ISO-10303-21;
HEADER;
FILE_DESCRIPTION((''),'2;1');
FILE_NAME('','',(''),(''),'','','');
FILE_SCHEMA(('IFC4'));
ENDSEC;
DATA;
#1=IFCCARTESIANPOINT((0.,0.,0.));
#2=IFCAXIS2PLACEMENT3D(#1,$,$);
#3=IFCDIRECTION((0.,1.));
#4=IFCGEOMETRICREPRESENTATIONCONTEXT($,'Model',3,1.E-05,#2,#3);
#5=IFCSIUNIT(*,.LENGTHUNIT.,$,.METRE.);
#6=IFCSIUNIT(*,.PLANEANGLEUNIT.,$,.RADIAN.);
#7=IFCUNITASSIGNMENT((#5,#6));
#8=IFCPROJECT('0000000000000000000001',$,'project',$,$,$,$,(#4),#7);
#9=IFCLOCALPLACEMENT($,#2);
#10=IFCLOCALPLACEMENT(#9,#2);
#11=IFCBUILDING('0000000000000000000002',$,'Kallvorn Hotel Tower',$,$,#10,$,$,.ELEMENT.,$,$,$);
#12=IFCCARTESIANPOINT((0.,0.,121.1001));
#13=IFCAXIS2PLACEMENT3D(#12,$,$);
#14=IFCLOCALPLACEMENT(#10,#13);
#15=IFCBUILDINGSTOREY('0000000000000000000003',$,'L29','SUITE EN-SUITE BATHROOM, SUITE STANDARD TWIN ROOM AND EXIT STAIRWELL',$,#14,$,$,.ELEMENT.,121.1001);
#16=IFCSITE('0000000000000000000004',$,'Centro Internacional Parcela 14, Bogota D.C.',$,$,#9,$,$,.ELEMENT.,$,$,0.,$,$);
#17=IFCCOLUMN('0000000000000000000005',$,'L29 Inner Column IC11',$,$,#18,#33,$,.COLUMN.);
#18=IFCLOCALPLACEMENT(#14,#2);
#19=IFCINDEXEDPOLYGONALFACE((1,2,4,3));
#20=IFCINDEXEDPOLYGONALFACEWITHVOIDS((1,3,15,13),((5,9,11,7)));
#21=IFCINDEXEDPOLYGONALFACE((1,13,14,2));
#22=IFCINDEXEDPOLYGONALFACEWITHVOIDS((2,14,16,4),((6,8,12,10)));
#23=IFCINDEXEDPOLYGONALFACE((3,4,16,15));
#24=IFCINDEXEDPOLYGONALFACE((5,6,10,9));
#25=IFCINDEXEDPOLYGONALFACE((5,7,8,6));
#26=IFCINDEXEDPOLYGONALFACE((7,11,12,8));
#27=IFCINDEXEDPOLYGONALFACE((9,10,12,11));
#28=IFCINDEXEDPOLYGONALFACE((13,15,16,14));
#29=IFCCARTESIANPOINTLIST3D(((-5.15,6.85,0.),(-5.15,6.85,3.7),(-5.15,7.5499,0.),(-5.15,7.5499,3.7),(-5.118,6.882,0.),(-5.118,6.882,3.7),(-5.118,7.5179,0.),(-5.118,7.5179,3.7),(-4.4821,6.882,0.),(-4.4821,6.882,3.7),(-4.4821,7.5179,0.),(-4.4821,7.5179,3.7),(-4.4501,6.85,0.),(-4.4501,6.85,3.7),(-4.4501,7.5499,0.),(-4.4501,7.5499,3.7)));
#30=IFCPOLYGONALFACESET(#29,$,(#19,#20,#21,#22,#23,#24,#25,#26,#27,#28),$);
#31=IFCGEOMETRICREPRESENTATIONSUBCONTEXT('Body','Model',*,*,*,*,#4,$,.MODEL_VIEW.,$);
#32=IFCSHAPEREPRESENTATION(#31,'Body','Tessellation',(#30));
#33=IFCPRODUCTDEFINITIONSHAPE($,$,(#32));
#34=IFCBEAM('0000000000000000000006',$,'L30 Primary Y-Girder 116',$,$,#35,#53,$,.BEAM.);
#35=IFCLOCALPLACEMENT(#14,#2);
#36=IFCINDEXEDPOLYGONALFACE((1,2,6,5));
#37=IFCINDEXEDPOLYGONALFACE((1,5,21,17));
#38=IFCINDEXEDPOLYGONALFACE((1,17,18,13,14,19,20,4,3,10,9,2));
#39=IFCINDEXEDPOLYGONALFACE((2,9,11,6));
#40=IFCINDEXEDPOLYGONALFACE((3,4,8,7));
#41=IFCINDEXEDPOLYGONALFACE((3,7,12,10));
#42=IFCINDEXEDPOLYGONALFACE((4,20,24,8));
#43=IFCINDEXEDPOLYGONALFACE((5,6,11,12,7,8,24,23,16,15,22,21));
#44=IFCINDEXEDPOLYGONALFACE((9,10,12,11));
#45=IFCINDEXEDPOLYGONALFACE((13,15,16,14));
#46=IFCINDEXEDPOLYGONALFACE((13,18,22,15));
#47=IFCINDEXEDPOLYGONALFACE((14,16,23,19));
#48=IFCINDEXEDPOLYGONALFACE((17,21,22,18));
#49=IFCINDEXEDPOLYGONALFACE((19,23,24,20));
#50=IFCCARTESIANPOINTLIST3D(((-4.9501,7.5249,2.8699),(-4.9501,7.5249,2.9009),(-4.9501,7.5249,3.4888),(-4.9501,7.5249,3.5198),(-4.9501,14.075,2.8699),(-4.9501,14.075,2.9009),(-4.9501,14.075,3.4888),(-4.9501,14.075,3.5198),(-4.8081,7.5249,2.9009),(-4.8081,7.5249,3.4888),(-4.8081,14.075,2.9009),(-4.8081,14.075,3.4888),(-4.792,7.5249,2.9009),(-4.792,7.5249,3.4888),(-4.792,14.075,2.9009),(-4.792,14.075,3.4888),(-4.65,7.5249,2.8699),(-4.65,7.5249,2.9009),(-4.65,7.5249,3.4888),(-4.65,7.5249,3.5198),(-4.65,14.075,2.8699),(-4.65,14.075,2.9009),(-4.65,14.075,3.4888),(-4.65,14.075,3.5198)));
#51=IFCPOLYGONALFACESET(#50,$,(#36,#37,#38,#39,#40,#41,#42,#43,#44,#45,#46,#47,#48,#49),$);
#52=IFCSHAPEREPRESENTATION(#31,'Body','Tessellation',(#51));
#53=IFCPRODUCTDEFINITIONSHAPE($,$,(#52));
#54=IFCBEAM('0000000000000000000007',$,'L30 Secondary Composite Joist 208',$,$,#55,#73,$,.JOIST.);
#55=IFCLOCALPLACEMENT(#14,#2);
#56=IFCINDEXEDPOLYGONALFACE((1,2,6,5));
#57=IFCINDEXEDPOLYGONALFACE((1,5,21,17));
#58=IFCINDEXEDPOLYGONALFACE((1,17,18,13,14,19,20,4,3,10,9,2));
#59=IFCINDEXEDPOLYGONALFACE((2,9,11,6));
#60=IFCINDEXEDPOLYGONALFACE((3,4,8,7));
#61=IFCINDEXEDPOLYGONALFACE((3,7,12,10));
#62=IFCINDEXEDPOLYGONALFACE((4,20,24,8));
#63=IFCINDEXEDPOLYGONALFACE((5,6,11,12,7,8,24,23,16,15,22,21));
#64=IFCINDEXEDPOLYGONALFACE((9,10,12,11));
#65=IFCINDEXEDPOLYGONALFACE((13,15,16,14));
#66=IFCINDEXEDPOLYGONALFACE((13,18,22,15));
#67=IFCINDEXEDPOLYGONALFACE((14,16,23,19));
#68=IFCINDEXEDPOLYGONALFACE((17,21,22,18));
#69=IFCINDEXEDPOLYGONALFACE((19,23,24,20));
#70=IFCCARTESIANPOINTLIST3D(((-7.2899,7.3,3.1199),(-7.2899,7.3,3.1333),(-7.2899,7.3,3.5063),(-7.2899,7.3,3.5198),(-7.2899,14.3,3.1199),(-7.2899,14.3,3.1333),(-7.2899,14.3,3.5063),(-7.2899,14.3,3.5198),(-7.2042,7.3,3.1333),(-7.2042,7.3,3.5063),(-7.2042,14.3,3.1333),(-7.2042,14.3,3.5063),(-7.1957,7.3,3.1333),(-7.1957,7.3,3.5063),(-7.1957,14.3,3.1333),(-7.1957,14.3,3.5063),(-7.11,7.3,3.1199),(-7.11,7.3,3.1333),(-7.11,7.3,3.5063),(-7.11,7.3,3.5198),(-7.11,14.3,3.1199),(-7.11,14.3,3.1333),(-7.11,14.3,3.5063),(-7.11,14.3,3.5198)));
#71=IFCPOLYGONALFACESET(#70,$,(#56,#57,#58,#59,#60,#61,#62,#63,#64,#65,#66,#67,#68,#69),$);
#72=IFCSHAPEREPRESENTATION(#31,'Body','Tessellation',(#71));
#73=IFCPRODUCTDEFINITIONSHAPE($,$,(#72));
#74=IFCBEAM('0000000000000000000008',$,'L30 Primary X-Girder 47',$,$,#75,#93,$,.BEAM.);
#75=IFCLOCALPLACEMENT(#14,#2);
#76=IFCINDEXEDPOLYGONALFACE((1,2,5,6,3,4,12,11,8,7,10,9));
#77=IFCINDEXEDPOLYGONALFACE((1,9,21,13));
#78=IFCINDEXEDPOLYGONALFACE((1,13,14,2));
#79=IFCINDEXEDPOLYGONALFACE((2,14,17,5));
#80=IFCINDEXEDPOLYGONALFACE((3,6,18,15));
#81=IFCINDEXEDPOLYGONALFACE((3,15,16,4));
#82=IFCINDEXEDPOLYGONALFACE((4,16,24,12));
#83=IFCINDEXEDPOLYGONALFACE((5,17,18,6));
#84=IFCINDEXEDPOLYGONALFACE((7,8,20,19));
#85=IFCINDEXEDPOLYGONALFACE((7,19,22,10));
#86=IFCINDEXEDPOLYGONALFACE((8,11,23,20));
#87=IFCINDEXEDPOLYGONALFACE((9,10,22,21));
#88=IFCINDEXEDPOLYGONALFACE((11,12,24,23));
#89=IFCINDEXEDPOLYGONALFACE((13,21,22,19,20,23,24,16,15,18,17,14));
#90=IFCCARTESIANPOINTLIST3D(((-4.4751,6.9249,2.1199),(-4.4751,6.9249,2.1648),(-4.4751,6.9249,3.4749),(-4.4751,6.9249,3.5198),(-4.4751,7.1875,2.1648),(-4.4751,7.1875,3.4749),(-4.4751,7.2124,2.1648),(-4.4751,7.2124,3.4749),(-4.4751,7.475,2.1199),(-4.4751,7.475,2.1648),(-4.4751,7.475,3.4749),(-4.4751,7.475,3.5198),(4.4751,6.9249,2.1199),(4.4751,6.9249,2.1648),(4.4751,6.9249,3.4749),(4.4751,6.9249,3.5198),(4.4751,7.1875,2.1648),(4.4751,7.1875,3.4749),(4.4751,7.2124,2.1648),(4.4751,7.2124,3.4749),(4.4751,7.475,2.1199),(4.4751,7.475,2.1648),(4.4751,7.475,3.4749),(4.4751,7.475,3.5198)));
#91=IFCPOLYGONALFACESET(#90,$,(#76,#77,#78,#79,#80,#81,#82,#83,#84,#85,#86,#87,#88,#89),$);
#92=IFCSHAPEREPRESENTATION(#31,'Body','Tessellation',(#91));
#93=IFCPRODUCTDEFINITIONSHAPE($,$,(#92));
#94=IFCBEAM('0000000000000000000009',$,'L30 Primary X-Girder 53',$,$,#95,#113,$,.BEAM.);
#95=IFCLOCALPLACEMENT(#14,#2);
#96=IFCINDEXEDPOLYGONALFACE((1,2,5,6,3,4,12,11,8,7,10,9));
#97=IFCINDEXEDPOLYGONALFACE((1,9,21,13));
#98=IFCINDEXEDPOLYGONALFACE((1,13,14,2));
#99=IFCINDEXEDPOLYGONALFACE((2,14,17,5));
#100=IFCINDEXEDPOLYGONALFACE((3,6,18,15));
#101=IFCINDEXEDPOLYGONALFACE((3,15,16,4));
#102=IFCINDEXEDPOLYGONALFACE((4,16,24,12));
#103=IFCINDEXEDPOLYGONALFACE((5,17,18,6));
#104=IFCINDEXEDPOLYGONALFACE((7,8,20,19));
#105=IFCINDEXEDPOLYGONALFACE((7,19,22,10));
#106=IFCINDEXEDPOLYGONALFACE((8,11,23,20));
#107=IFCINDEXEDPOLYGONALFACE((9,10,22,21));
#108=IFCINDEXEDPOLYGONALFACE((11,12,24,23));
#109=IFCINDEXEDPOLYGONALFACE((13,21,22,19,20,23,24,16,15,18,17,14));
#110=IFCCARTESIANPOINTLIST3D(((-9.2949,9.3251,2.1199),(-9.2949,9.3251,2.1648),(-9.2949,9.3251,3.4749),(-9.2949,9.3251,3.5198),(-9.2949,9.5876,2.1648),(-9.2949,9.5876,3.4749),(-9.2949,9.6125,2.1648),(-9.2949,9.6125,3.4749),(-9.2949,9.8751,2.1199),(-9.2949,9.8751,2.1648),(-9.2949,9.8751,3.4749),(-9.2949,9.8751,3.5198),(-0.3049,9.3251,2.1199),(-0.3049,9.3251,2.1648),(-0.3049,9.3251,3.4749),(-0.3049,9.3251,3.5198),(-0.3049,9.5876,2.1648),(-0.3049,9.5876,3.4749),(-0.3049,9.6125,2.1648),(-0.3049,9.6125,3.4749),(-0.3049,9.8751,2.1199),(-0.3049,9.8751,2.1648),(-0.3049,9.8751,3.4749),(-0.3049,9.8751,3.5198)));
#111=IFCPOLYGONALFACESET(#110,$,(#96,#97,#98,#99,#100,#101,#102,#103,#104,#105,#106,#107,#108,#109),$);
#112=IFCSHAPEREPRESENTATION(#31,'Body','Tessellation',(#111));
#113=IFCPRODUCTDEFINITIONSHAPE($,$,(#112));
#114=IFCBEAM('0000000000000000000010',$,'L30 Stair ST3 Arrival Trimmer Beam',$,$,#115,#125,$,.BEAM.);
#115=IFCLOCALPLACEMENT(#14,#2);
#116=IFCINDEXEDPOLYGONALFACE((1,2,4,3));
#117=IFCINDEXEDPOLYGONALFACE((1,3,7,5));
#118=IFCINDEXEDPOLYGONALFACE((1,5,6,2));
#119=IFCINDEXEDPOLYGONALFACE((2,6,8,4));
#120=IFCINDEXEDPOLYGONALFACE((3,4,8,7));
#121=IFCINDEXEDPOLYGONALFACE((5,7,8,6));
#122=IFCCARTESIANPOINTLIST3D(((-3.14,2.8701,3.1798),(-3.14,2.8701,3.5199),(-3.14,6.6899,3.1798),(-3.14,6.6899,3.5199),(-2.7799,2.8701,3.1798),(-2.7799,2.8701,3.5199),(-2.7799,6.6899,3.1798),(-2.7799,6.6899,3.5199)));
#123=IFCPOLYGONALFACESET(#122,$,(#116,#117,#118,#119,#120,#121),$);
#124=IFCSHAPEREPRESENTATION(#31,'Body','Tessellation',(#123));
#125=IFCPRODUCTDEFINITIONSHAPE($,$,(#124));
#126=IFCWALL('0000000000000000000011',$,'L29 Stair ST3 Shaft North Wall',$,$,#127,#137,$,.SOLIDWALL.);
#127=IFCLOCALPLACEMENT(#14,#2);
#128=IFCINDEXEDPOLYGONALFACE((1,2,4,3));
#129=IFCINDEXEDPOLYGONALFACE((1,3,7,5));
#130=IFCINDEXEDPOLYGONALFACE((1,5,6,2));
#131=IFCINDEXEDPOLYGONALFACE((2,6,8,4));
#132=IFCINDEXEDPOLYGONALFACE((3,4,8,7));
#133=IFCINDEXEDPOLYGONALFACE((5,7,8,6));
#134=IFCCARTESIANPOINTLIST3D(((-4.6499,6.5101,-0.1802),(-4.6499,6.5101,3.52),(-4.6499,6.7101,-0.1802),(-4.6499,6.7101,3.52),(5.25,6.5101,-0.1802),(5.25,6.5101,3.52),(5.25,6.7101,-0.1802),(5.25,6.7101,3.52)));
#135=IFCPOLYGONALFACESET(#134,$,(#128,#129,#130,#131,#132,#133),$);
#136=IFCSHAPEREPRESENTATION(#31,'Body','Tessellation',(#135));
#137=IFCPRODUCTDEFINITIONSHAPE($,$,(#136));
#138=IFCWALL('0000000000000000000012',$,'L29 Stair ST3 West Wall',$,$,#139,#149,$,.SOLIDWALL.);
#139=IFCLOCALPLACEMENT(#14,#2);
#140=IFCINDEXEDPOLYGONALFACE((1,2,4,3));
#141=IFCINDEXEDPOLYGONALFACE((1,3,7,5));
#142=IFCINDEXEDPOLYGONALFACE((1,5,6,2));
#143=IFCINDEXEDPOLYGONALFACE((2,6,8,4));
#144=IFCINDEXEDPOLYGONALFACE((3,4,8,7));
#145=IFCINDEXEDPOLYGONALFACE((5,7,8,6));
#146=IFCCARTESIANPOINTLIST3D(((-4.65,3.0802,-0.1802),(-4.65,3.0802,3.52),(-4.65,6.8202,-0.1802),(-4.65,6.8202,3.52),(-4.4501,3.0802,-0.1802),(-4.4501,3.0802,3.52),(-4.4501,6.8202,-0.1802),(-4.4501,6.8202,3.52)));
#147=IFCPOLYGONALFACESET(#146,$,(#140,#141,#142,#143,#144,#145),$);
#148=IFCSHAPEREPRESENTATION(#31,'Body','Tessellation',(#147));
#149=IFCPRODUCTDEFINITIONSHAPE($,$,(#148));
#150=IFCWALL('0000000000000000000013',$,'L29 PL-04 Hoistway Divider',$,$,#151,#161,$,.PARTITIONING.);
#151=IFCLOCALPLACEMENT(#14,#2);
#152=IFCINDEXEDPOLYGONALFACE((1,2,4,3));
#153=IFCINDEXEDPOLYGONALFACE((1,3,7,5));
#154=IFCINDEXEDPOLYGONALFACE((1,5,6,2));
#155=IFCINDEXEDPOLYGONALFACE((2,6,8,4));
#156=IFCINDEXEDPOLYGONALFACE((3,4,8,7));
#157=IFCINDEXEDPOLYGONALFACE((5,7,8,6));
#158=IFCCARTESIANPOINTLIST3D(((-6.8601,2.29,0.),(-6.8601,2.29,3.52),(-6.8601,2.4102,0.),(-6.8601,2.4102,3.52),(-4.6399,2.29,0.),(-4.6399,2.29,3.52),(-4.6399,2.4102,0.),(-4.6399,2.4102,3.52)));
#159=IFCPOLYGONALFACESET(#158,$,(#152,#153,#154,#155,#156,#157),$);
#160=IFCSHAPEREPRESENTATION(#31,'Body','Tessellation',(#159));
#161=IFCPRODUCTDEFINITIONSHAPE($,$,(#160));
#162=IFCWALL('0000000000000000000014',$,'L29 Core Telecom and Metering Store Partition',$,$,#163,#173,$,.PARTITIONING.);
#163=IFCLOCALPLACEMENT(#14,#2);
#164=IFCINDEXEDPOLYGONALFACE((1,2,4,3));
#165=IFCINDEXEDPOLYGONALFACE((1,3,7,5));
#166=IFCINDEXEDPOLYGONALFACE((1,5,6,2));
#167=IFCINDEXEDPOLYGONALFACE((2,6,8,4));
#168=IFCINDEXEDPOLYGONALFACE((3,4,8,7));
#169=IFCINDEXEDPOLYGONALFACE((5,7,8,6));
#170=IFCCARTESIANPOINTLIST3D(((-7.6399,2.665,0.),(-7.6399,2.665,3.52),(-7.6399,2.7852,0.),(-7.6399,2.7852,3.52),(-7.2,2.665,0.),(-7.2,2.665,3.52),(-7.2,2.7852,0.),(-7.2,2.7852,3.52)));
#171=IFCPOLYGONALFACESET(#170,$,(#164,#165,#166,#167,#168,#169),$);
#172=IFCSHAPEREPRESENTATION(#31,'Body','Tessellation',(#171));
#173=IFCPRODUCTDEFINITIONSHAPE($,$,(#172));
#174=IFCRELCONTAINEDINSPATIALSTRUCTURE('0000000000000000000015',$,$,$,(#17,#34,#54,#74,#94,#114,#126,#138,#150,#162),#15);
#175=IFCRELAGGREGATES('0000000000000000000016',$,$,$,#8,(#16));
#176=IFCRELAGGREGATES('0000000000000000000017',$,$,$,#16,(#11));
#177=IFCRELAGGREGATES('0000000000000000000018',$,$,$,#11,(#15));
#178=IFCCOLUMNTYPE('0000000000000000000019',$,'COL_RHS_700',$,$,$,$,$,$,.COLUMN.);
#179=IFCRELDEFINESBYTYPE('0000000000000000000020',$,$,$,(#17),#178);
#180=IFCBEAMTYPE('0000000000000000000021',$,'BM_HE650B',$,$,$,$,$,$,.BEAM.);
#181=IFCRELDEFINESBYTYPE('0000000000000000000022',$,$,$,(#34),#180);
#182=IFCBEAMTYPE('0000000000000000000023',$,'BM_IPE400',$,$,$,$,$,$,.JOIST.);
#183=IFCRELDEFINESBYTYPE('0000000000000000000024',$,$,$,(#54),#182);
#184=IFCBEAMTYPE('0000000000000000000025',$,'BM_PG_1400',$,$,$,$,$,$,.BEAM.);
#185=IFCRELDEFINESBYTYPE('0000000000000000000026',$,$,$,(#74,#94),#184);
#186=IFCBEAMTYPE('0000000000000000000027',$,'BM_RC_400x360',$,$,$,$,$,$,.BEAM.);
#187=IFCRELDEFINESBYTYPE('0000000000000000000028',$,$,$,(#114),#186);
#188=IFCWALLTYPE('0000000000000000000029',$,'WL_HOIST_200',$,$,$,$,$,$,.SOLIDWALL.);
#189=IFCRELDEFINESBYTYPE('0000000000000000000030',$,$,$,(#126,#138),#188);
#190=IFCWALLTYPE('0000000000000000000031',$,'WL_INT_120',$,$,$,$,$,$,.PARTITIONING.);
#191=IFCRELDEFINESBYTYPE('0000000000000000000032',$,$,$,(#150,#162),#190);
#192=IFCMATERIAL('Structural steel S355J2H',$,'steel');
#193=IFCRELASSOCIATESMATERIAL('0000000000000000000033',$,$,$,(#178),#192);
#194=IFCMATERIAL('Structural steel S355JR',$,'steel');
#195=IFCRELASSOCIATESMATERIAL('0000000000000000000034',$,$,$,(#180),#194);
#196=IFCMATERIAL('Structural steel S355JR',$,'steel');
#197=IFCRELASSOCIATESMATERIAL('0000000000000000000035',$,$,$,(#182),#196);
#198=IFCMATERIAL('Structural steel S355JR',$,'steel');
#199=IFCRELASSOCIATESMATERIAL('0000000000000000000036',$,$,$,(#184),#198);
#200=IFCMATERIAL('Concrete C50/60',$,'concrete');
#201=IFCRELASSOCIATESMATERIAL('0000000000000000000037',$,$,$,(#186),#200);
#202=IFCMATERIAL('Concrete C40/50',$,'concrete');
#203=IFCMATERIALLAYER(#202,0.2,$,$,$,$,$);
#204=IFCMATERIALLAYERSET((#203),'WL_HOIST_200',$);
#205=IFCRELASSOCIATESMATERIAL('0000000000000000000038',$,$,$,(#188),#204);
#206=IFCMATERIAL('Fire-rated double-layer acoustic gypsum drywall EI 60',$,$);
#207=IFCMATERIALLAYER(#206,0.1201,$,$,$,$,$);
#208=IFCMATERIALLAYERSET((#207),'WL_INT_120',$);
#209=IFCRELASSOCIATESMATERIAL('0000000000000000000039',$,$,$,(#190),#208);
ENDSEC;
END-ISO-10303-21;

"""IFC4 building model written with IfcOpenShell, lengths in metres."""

from ifc_helpers import new_model, si_unit, direction, frame, frame_2d, origin, origin_2d, place, context, subcontext, project, spatial, rectangle, hollow_rectangle, i_section, extrude, material, layer, layer_set, material_profile, profile_set, type_object, element, save


model = new_model("IFC4")

# Units and contexts
model_context = context("Model", 3, precision=1e-05, world=origin(), true_north=direction((0.0, 1.0)))
body_context = subcontext(model_context, "Body", "Model", "MODEL_VIEW")
ifc_project = project(units=[si_unit("LENGTHUNIT", "METRE"), si_unit("PLANEANGLEUNIT", "RADIAN")], contexts=[model_context])

# Site, building, storey
site_placement = place(None, origin())
site = spatial("IfcSite", under=ifc_project, at=site_placement, Name="Centro Internacional Parcela 14, Bogota D.C.", CompositionType="ELEMENT", RefElevation=0.0)
building_placement = place(site_placement, origin())
building = spatial("IfcBuilding", under=site, at=building_placement, Name="Kallvorn Hotel Tower", CompositionType="ELEMENT")
storey_placement = place(building_placement, frame((0.0, 0.0, 121.1001)))
storey = spatial("IfcBuildingStorey", under=building, at=storey_placement, Name="L29", Description="SUITE EN-SUITE BATHROOM, SUITE STANDARD TWIN ROOM AND EXIT STAIRWELL", CompositionType="ELEMENT", Elevation=121.1001)

# Column
ifc_material_1 = material(Name="Structural steel S355J2H", Category="steel")
ifc_material_profile_1 = material_profile(ifc_material_1, hollow_rectangle(XDim=0.7, YDim=0.7, WallThickness=0.032, at=origin_2d()), Name="RHS 700x700x32")
ifc_profile_set_1 = profile_set([ifc_material_profile_1], Name="Structural steel S355J2H")
column_type = type_object("IfcColumnType", Name="COL_RHS_700", PredefinedType="COLUMN", material=ifc_profile_set_1)
column_placement = place(storey_placement, frame((-4.8, 7.2, 0.0), z_axis=(0.0, 0.0, 1.0), x_axis=(1.0, 0.0, 0.0)))
element("IfcColumn", 1, at=column_placement, inside=storey, type_object=column_type, Name="L29 Inner Column IC11", PredefinedType="COLUMN", context=body_context, shape_type="SweptSolid", body=[
    extrude(hollow_rectangle(XDim=0.7, YDim=0.7, WallThickness=0.032, at=origin_2d()), origin(), (0.0, 0.0, 1.0), 3.7),
])

# Beams
ifc_material_2 = material(Name="Structural steel S355JR", Category="steel")
ifc_material_profile_2 = material_profile(ifc_material_2, i_section(OverallWidth=0.3, OverallDepth=0.6499, WebThickness=0.0161, FlangeThickness=0.031, at=origin_2d()), Name="HE 650 B")
ifc_profile_set_2 = profile_set([ifc_material_profile_2], Name="Structural steel S355JR")
beam_type_1 = type_object("IfcBeamType", Name="BM_HE650B", PredefinedType="BEAM", material=ifc_profile_set_2)
beam_1_placement = place(storey_placement, frame((-4.8, 7.5249, 3.1948), z_axis=(0.0, 1.0, 0.0), x_axis=(-1.0, 0.0, 0.0)))
element("IfcBeam", 2, at=beam_1_placement, inside=storey, type_object=beam_type_1, Name="L30 Primary Y-Girder 116", PredefinedType="BEAM", context=body_context, shape_type="SweptSolid", body=[
    extrude(i_section(OverallWidth=0.3, OverallDepth=0.6499, WebThickness=0.0161, FlangeThickness=0.031, at=origin_2d()), origin(), (0.0, 0.0, 1.0), 6.55),
])
ifc_material_3 = material(Name="Structural steel S355JR", Category="steel")
ifc_material_profile_3 = material_profile(ifc_material_3, i_section(OverallWidth=0.1799, OverallDepth=0.3999, WebThickness=0.0085, FlangeThickness=0.0134, at=origin_2d()), Name="IPE 400")
ifc_profile_set_3 = profile_set([ifc_material_profile_3], Name="Structural steel S355JR")
beam_type_2 = type_object("IfcBeamType", Name="BM_IPE400", PredefinedType="JOIST", material=ifc_profile_set_3)
beam_2_placement = place(storey_placement, frame((-7.2, 7.3, 3.3198), z_axis=(0.0, 1.0, 0.0), x_axis=(-1.0, 0.0, 0.0)))
element("IfcBeam", 3, at=beam_2_placement, inside=storey, type_object=beam_type_2, Name="L30 Secondary Composite Joist 208", PredefinedType="JOIST", context=body_context, shape_type="SweptSolid", body=[
    extrude(i_section(OverallWidth=0.1799, OverallDepth=0.3999, WebThickness=0.0085, FlangeThickness=0.0134, at=origin_2d()), origin(), (0.0, 0.0, 1.0), 7.0),
])
ifc_material_4 = material(Name="Structural steel S355JR", Category="steel")
ifc_material_profile_4 = material_profile(ifc_material_4, i_section(OverallWidth=0.55, OverallDepth=1.3999, WebThickness=0.0249, FlangeThickness=0.0449, at=origin_2d()), Name="PG 1400x550x25x45")
ifc_profile_set_4 = profile_set([ifc_material_profile_4], Name="Structural steel S355JR")
beam_type_3 = type_object("IfcBeamType", Name="BM_PG_1400", PredefinedType="BEAM", material=ifc_profile_set_4)
beam_3_placement = place(storey_placement, frame((-4.4751, 7.2, 2.8198), z_axis=(1.0, 0.0, 0.0), x_axis=(0.0, 1.0, 0.0)))
element("IfcBeam", 4, at=beam_3_placement, inside=storey, type_object=beam_type_3, Name="L30 Primary X-Girder 47", PredefinedType="BEAM", context=body_context, shape_type="SweptSolid", body=[
    extrude(i_section(OverallWidth=0.55, OverallDepth=1.3999, WebThickness=0.0249, FlangeThickness=0.0449, at=origin_2d()), origin(), (0.0, 0.0, 1.0), 8.9502),
])
beam_4_placement = place(storey_placement, frame((-9.2949, 9.6001, 2.8198), z_axis=(1.0, 0.0, 0.0), x_axis=(0.0, 1.0, 0.0)))
element("IfcBeam", 5, at=beam_4_placement, inside=storey, type_object=beam_type_3, Name="L30 Primary X-Girder 53", PredefinedType="BEAM", context=body_context, shape_type="SweptSolid", body=[
    extrude(i_section(OverallWidth=0.55, OverallDepth=1.3999, WebThickness=0.0249, FlangeThickness=0.0449, at=origin_2d()), origin(), (0.0, 0.0, 1.0), 8.99),
])
ifc_material_5 = material(Name="Concrete C50/60", Category="concrete")
ifc_material_profile_5 = material_profile(ifc_material_5, rectangle(XDim=0.3601, YDim=0.3401, at=origin_2d()), Name="RC 360x340")
ifc_profile_set_5 = profile_set([ifc_material_profile_5], Name="Concrete C50/60")
beam_type_4 = type_object("IfcBeamType", Name="BM_RC_400x360", PredefinedType="BEAM", material=ifc_profile_set_5)
beam_5_placement = place(storey_placement, frame((-2.96, 2.8701, 3.3499), z_axis=(0.0, 1.0, 0.0), x_axis=(-1.0, 0.0, 0.0)))
element("IfcBeam", 6, at=beam_5_placement, inside=storey, type_object=beam_type_4, Name="L30 Stair ST3 Arrival Trimmer Beam", PredefinedType="BEAM", context=body_context, shape_type="SweptSolid", body=[
    extrude(rectangle(XDim=0.3601, YDim=0.3401, at=origin_2d()), origin(), (0.0, 0.0, 1.0), 3.8198),
])

# Walls
ifc_material_6 = material(Name="Concrete C40/50", Category="concrete")
ifc_layer_1 = layer(ifc_material_6, 0.2)
ifc_layer_set_1 = layer_set([ifc_layer_1], Name="WL_HOIST_200")
wall_type_1 = type_object("IfcWallType", Name="WL_HOIST_200", PredefinedType="SOLIDWALL", material=ifc_layer_set_1)
wall_1_placement = place(storey_placement, frame((-4.6499, 6.6101, -0.1802), z_axis=(0.0, 0.0, 1.0), x_axis=(1.0, 0.0, 0.0)))
element("IfcWall", 7, at=wall_1_placement, inside=storey, type_object=wall_type_1, Name="L29 Stair ST3 Shaft North Wall", PredefinedType="SOLIDWALL", context=body_context, shape_type="SweptSolid", body=[
    extrude(rectangle(XDim=9.8999, YDim=0.2, at=frame_2d((4.95, 0.0))), origin(), (0.0, 0.0, 1.0), 3.7002),
])
wall_2_placement = place(storey_placement, frame((-4.55, 3.0801, -0.1802), z_axis=(0.0, 0.0, 1.0), x_axis=(0.0, 1.0, 0.0)))
element("IfcWall", 8, at=wall_2_placement, inside=storey, type_object=wall_type_1, Name="L29 Stair ST3 West Wall", PredefinedType="SOLIDWALL", context=body_context, shape_type="SweptSolid", body=[
    extrude(rectangle(XDim=3.74, YDim=0.2, at=frame_2d((1.8701, 0.0))), origin(), (0.0, 0.0, 1.0), 3.7002),
])
ifc_material_7 = material(Name="Fire-rated double-layer acoustic gypsum drywall EI 60")
ifc_layer_2 = layer(ifc_material_7, 0.1201)
ifc_layer_set_2 = layer_set([ifc_layer_2], Name="WL_INT_120")
wall_type_2 = type_object("IfcWallType", Name="WL_INT_120", PredefinedType="PARTITIONING", material=ifc_layer_set_2)
wall_3_placement = place(storey_placement, frame((-6.8601, 2.3501, 0.0), z_axis=(0.0, 0.0, 1.0), x_axis=(1.0, 0.0, 0.0)))
element("IfcWall", 9, at=wall_3_placement, inside=storey, type_object=wall_type_2, Name="L29 PL-04 Hoistway Divider", PredefinedType="PARTITIONING", context=body_context, shape_type="SweptSolid", body=[
    extrude(rectangle(XDim=2.2202, YDim=0.1201, at=frame_2d((1.1101, 0.0))), origin(), (0.0, 0.0, 1.0), 3.52),
])
wall_4_placement = place(storey_placement, frame((-7.6399, 2.7251, 0.0), z_axis=(0.0, 0.0, 1.0), x_axis=(1.0, 0.0, 0.0)))
element("IfcWall", 10, at=wall_4_placement, inside=storey, type_object=wall_type_2, Name="L29 Core Telecom and Metering Store Partition", PredefinedType="PARTITIONING", context=body_context, shape_type="SweptSolid", body=[
    extrude(rectangle(XDim=0.4399, YDim=0.1201, at=frame_2d((0.22, 0.0))), origin(), (0.0, 0.0, 1.0), 3.52),
])

save(model, "model.ifc")
